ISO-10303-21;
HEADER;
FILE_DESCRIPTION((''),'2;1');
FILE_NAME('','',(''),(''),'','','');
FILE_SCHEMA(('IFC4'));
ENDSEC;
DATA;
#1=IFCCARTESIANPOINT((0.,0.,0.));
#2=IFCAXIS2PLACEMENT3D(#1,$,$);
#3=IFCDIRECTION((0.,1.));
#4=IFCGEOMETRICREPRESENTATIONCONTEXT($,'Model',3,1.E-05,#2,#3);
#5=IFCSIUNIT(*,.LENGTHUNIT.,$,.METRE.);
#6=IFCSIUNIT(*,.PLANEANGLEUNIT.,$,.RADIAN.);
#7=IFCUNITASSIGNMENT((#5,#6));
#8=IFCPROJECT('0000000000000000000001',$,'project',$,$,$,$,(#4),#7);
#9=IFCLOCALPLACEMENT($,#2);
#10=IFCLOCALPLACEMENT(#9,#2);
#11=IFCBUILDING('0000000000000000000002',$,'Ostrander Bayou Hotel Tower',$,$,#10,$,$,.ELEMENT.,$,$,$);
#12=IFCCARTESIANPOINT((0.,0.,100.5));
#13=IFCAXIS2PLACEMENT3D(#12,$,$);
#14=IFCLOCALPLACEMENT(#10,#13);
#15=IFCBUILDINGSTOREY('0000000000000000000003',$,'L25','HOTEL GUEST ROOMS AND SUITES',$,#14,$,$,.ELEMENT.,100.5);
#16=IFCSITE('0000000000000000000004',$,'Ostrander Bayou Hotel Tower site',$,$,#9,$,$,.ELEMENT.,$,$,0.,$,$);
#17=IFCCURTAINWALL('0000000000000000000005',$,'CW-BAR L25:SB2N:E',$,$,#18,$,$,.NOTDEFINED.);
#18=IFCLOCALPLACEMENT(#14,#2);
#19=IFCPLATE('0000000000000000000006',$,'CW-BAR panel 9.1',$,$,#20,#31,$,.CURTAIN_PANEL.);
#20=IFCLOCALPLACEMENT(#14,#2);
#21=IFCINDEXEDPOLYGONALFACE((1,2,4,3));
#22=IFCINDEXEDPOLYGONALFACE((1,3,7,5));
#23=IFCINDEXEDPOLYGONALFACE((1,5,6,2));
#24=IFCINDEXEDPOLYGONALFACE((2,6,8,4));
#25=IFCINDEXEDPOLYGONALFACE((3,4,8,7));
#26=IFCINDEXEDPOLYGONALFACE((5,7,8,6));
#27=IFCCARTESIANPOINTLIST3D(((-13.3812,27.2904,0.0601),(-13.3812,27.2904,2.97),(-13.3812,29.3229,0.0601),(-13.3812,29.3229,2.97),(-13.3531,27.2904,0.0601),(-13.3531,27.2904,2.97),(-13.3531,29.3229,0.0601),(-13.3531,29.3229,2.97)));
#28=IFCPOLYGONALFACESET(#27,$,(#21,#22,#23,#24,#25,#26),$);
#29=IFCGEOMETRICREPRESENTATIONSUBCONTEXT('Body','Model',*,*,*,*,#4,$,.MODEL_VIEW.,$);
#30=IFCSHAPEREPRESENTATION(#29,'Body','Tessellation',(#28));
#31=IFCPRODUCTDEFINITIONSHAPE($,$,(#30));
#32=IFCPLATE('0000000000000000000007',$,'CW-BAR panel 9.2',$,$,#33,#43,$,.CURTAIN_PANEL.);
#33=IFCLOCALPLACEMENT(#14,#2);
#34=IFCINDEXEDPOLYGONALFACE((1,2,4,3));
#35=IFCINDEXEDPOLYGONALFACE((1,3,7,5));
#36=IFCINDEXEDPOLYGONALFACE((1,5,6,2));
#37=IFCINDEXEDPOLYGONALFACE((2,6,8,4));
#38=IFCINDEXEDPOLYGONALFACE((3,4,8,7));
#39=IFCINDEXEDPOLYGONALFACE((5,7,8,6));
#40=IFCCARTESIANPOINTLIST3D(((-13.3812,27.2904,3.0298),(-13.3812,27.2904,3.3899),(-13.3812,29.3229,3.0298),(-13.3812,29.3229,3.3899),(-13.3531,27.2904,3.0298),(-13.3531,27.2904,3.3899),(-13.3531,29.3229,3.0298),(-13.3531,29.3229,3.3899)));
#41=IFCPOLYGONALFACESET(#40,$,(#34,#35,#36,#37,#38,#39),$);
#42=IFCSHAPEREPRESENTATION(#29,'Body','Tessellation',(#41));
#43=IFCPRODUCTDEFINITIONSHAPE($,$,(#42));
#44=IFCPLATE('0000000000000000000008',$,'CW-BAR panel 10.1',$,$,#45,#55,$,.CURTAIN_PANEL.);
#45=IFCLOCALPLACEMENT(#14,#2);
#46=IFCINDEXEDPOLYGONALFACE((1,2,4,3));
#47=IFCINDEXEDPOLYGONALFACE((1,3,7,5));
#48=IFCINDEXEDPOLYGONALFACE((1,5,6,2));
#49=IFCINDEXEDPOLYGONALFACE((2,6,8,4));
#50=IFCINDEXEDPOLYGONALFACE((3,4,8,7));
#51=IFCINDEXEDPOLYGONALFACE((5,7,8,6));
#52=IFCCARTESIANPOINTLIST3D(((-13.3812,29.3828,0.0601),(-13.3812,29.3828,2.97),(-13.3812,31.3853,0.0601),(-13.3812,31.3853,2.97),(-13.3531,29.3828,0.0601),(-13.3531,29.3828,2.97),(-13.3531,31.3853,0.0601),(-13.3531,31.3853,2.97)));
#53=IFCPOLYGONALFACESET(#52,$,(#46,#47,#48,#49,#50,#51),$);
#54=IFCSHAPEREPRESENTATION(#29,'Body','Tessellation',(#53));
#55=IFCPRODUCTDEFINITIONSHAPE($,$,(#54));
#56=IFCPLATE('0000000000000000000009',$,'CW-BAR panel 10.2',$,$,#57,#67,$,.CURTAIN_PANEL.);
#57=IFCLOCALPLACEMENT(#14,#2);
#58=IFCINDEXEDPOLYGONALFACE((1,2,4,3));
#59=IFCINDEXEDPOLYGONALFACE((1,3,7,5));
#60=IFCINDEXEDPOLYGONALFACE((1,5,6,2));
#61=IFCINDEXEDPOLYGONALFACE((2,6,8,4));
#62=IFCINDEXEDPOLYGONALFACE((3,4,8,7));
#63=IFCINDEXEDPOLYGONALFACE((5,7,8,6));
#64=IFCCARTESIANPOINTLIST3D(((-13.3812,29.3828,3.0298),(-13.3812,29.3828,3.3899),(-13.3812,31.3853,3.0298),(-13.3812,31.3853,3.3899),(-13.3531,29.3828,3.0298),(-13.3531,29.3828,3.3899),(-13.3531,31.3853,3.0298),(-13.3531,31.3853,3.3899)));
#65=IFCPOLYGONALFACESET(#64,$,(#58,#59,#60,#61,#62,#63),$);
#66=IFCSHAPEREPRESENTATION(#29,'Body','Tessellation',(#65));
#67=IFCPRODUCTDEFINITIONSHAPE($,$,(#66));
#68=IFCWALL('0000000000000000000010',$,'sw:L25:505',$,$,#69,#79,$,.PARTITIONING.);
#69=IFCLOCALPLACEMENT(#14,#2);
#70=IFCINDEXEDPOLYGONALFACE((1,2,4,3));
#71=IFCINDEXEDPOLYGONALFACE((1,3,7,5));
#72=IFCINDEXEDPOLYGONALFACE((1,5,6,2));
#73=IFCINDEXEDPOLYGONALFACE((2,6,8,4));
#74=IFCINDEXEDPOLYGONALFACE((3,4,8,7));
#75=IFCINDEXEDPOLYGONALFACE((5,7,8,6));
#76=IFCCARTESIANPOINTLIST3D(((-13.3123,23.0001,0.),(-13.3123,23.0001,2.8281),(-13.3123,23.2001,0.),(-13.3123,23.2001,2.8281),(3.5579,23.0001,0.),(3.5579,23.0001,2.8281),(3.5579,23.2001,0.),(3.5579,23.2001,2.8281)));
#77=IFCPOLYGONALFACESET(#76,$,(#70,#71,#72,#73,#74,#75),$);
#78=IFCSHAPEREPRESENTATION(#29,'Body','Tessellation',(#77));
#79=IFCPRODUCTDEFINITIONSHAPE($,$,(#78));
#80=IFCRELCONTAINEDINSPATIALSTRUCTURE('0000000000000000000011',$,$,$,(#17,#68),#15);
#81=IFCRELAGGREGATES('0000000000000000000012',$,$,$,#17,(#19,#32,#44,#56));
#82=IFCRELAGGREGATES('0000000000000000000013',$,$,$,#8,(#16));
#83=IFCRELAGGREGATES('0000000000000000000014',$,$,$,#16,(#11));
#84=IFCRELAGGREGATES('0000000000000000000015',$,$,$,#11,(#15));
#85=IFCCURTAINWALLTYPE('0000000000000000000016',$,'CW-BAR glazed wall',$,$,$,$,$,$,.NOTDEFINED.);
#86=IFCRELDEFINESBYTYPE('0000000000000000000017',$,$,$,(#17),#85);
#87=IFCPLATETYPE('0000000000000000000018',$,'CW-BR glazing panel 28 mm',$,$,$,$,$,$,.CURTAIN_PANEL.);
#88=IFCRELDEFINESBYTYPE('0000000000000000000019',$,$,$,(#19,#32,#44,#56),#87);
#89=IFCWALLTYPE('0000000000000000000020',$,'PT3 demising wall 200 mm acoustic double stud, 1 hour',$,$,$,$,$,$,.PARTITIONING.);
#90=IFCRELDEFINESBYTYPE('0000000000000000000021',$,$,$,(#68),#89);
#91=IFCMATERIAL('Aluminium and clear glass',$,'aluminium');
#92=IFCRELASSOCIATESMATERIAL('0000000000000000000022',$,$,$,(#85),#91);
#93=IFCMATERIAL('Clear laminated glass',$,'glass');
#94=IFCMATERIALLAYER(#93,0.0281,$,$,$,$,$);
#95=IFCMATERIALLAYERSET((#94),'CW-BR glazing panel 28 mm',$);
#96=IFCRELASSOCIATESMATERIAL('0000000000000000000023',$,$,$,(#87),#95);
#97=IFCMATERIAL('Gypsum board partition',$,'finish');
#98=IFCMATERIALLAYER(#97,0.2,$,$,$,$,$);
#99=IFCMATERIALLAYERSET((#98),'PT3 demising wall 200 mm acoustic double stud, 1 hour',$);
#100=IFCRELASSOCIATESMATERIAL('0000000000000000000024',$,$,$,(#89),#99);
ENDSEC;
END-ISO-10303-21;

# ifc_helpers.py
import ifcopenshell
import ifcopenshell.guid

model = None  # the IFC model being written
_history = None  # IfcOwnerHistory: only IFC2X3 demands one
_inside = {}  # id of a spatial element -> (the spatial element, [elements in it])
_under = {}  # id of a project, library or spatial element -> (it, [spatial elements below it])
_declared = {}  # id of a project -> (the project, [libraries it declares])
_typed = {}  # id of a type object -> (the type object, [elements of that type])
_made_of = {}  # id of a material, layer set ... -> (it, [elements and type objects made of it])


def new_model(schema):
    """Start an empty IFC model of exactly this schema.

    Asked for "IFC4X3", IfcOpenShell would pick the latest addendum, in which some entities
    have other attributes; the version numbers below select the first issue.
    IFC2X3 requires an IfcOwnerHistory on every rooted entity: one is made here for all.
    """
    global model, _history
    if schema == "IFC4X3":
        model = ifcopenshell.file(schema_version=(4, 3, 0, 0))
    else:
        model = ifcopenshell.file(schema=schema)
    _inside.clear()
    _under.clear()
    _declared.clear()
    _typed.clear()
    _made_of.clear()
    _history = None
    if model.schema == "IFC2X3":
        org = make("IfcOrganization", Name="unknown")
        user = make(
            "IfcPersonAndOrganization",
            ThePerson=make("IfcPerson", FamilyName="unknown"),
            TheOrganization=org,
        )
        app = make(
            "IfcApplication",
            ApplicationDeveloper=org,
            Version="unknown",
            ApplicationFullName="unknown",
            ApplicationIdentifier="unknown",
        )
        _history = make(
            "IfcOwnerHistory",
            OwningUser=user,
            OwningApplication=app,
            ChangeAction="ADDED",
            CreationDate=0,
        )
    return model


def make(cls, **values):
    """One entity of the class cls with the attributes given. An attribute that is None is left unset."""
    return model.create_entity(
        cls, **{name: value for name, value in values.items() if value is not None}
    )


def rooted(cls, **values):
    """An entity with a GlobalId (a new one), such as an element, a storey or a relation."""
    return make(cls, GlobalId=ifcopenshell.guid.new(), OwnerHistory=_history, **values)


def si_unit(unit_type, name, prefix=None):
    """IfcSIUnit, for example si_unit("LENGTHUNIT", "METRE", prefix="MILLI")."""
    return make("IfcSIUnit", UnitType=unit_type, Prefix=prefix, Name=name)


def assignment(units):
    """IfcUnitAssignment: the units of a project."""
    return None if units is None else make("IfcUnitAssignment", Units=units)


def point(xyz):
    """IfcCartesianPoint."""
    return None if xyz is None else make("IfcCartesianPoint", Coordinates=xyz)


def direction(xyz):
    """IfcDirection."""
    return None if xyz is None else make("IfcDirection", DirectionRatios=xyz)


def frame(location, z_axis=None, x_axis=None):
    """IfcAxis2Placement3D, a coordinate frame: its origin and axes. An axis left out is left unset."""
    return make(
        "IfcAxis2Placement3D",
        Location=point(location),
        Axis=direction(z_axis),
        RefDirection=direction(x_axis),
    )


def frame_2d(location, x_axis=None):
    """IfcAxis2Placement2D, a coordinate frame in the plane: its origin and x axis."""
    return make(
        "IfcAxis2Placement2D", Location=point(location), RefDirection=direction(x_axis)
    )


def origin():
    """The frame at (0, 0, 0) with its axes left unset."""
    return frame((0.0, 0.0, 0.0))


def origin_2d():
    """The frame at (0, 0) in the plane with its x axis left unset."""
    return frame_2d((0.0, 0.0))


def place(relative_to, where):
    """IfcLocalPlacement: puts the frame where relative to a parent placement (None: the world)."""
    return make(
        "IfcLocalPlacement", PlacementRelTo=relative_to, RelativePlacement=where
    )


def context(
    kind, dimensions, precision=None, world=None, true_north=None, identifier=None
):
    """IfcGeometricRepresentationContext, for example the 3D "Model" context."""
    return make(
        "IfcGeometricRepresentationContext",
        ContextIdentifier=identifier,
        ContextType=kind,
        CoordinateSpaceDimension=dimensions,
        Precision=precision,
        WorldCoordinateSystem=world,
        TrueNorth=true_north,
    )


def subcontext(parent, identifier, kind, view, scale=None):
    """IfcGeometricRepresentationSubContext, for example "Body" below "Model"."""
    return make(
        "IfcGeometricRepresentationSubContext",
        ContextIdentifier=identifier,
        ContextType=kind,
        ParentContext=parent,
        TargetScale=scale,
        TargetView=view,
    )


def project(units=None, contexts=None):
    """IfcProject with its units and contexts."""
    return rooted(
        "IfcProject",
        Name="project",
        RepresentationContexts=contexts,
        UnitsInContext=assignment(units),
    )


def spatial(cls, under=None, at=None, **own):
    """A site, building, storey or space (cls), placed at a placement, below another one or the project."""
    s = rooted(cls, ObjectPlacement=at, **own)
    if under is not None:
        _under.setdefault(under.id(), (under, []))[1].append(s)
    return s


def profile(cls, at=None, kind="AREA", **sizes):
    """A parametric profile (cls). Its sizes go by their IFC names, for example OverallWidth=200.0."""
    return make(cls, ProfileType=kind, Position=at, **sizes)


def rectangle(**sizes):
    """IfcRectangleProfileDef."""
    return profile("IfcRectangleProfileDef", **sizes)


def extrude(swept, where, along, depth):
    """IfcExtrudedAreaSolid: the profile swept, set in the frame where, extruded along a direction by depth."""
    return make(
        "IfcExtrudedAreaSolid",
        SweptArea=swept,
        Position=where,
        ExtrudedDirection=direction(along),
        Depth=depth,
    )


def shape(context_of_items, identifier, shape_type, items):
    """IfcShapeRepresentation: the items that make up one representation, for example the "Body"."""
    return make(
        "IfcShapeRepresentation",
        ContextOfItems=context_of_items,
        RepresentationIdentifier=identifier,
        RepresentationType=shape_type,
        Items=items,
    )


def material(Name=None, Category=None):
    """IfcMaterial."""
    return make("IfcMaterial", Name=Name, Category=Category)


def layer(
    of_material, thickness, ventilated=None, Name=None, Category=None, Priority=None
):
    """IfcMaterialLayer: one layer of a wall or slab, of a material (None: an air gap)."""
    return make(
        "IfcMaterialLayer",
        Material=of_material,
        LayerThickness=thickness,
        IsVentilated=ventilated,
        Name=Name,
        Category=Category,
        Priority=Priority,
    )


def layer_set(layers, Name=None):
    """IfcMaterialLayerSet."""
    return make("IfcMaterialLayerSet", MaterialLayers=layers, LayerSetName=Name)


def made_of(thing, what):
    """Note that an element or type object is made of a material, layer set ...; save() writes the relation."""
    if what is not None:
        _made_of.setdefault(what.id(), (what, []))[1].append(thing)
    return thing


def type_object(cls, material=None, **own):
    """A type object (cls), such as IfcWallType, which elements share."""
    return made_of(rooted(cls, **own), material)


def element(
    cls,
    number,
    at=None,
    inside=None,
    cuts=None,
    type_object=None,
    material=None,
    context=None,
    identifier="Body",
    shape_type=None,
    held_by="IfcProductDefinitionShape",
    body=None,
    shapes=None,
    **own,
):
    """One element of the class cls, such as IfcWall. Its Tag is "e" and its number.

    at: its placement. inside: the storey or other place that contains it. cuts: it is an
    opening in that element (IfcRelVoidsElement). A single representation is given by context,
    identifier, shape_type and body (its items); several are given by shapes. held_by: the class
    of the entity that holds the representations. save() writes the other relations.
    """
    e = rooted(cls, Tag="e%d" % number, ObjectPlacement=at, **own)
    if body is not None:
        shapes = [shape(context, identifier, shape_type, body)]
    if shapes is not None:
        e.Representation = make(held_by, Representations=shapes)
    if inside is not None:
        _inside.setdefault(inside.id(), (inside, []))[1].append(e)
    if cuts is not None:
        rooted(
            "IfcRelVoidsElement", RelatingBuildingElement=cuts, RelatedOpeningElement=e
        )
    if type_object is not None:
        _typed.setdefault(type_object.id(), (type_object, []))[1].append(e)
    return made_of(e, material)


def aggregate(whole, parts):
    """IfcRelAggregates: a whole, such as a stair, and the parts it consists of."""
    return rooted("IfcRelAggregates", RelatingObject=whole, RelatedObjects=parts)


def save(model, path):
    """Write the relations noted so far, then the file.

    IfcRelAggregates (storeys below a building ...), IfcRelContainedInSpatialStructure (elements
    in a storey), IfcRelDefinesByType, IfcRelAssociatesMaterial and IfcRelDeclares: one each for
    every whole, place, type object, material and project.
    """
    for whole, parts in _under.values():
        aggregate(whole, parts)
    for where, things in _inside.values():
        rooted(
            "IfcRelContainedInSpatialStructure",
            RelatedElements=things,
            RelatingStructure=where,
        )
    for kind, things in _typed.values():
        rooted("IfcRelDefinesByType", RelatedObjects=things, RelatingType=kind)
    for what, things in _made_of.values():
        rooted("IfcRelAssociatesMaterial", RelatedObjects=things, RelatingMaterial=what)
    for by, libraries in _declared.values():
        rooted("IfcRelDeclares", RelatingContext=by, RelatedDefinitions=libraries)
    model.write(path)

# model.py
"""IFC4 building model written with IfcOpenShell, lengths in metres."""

from ifc_helpers import new_model, si_unit, direction, frame, frame_2d, origin, origin_2d, place, context, subcontext, project, spatial, rectangle, extrude, material, layer, layer_set, type_object, element, aggregate, save


model = new_model("IFC4")

# Units and contexts
model_context = context("Model", 3, precision=1e-05, world=origin(), true_north=direction((0.0, 1.0)))
body_context = subcontext(model_context, "Body", "Model", "MODEL_VIEW")
ifc_project = project(units=[si_unit("LENGTHUNIT", "METRE"), si_unit("PLANEANGLEUNIT", "RADIAN")], contexts=[model_context])

# Site, building, storey
site_placement = place(None, origin())
site = spatial("IfcSite", under=ifc_project, at=site_placement, Name="Ostrander Bayou Hotel Tower site", CompositionType="ELEMENT", RefElevation=0.0)
building_placement = place(site_placement, origin())
building = spatial("IfcBuilding", under=site, at=building_placement, Name="Ostrander Bayou Hotel Tower", CompositionType="ELEMENT")
storey_placement = place(building_placement, frame((0.0, 0.0, 100.5)))
storey = spatial("IfcBuildingStorey", under=building, at=storey_placement, Name="L25", Description="HOTEL GUEST ROOMS AND SUITES", CompositionType="ELEMENT", Elevation=100.5)

# Curtain wall
ifc_material_1 = material(Name="Aluminium and clear glass", Category="aluminium")
curtain_wall_type = type_object("IfcCurtainWallType", Name="CW-BAR glazed wall", PredefinedType="NOTDEFINED", material=ifc_material_1)
curtain_wall_1_placement = place(storey_placement, origin())
curtain_wall_1 = element("IfcCurtainWall", 1, at=curtain_wall_1_placement, inside=storey, type_object=curtain_wall_type, Name="CW-BAR L25:SB2N:E", PredefinedType="NOTDEFINED")

# Plates
ifc_material_2 = material(Name="Clear laminated glass", Category="glass")
ifc_layer_1 = layer(ifc_material_2, 0.0281)
ifc_layer_set_1 = layer_set([ifc_layer_1], Name="CW-BR glazing panel 28 mm")
plate_type = type_object("IfcPlateType", Name="CW-BR glazing panel 28 mm", PredefinedType="CURTAIN_PANEL", material=ifc_layer_set_1)
plate_1_placement = place(storey_placement, frame((-13.3672, 28.3066, 0.0601), z_axis=(0.0, 0.0, 1.0), x_axis=(0.0, 1.0, 0.0)))
plate_1 = element("IfcPlate", 2, at=plate_1_placement, type_object=plate_type, Name="CW-BAR panel 9.1", PredefinedType="CURTAIN_PANEL", context=body_context, shape_type="SweptSolid", body=[
    extrude(rectangle(XDim=2.0325, YDim=0.0281, at=origin_2d()), origin(), (0.0, 0.0, 1.0), 2.9099),
])
plate_2_placement = place(storey_placement, frame((-13.3672, 28.3066, 3.0298), z_axis=(0.0, 0.0, 1.0), x_axis=(0.0, 1.0, 0.0)))
plate_2 = element("IfcPlate", 3, at=plate_2_placement, type_object=plate_type, Name="CW-BAR panel 9.2", PredefinedType="CURTAIN_PANEL", context=body_context, shape_type="SweptSolid", body=[
    extrude(rectangle(XDim=2.0325, YDim=0.0281, at=origin_2d()), origin(), (0.0, 0.0, 1.0), 0.3601),
])
plate_3_placement = place(storey_placement, frame((-13.3672, 30.384, 0.0601), z_axis=(0.0, 0.0, 1.0), x_axis=(0.0, 1.0, 0.0)))
plate_3 = element("IfcPlate", 4, at=plate_3_placement, type_object=plate_type, Name="CW-BAR panel 10.1", PredefinedType="CURTAIN_PANEL", context=body_context, shape_type="SweptSolid", body=[
    extrude(rectangle(XDim=2.0024, YDim=0.0281, at=origin_2d()), origin(), (0.0, 0.0, 1.0), 2.9099),
])
plate_4_placement = place(storey_placement, frame((-13.3672, 30.384, 3.0298), z_axis=(0.0, 0.0, 1.0), x_axis=(0.0, 1.0, 0.0)))
plate_4 = element("IfcPlate", 5, at=plate_4_placement, type_object=plate_type, Name="CW-BAR panel 10.2", PredefinedType="CURTAIN_PANEL", context=body_context, shape_type="SweptSolid", body=[
    extrude(rectangle(XDim=2.0024, YDim=0.0281, at=origin_2d()), origin(), (0.0, 0.0, 1.0), 0.3601),
])
aggregate(curtain_wall_1, [plate_1, plate_2, plate_3, plate_4])

# Wall
ifc_material_3 = material(Name="Gypsum board partition", Category="finish")
ifc_layer_2 = layer(ifc_material_3, 0.2)
ifc_layer_set_2 = layer_set([ifc_layer_2], Name="PT3 demising wall 200 mm acoustic double stud, 1 hour")
wall_type = type_object("IfcWallType", Name="PT3 demising wall 200 mm acoustic double stud, 1 hour", PredefinedType="PARTITIONING", material=ifc_layer_set_2)
wall_placement = place(storey_placement, frame((-13.3123, 23.1001, 0.0), z_axis=(0.0, 0.0, 1.0), x_axis=(1.0, 0.0, 0.0)))
element("IfcWall", 6, at=wall_placement, inside=storey, type_object=wall_type, Name="sw:L25:505", PredefinedType="PARTITIONING", context=body_context, shape_type="SweptSolid", body=[
    extrude(rectangle(XDim=16.8701, YDim=0.2, at=frame_2d((8.4351, 0.0))), origin(), (0.0, 0.0, 1.0), 2.8281),
])

save(model, "model.ifc")
